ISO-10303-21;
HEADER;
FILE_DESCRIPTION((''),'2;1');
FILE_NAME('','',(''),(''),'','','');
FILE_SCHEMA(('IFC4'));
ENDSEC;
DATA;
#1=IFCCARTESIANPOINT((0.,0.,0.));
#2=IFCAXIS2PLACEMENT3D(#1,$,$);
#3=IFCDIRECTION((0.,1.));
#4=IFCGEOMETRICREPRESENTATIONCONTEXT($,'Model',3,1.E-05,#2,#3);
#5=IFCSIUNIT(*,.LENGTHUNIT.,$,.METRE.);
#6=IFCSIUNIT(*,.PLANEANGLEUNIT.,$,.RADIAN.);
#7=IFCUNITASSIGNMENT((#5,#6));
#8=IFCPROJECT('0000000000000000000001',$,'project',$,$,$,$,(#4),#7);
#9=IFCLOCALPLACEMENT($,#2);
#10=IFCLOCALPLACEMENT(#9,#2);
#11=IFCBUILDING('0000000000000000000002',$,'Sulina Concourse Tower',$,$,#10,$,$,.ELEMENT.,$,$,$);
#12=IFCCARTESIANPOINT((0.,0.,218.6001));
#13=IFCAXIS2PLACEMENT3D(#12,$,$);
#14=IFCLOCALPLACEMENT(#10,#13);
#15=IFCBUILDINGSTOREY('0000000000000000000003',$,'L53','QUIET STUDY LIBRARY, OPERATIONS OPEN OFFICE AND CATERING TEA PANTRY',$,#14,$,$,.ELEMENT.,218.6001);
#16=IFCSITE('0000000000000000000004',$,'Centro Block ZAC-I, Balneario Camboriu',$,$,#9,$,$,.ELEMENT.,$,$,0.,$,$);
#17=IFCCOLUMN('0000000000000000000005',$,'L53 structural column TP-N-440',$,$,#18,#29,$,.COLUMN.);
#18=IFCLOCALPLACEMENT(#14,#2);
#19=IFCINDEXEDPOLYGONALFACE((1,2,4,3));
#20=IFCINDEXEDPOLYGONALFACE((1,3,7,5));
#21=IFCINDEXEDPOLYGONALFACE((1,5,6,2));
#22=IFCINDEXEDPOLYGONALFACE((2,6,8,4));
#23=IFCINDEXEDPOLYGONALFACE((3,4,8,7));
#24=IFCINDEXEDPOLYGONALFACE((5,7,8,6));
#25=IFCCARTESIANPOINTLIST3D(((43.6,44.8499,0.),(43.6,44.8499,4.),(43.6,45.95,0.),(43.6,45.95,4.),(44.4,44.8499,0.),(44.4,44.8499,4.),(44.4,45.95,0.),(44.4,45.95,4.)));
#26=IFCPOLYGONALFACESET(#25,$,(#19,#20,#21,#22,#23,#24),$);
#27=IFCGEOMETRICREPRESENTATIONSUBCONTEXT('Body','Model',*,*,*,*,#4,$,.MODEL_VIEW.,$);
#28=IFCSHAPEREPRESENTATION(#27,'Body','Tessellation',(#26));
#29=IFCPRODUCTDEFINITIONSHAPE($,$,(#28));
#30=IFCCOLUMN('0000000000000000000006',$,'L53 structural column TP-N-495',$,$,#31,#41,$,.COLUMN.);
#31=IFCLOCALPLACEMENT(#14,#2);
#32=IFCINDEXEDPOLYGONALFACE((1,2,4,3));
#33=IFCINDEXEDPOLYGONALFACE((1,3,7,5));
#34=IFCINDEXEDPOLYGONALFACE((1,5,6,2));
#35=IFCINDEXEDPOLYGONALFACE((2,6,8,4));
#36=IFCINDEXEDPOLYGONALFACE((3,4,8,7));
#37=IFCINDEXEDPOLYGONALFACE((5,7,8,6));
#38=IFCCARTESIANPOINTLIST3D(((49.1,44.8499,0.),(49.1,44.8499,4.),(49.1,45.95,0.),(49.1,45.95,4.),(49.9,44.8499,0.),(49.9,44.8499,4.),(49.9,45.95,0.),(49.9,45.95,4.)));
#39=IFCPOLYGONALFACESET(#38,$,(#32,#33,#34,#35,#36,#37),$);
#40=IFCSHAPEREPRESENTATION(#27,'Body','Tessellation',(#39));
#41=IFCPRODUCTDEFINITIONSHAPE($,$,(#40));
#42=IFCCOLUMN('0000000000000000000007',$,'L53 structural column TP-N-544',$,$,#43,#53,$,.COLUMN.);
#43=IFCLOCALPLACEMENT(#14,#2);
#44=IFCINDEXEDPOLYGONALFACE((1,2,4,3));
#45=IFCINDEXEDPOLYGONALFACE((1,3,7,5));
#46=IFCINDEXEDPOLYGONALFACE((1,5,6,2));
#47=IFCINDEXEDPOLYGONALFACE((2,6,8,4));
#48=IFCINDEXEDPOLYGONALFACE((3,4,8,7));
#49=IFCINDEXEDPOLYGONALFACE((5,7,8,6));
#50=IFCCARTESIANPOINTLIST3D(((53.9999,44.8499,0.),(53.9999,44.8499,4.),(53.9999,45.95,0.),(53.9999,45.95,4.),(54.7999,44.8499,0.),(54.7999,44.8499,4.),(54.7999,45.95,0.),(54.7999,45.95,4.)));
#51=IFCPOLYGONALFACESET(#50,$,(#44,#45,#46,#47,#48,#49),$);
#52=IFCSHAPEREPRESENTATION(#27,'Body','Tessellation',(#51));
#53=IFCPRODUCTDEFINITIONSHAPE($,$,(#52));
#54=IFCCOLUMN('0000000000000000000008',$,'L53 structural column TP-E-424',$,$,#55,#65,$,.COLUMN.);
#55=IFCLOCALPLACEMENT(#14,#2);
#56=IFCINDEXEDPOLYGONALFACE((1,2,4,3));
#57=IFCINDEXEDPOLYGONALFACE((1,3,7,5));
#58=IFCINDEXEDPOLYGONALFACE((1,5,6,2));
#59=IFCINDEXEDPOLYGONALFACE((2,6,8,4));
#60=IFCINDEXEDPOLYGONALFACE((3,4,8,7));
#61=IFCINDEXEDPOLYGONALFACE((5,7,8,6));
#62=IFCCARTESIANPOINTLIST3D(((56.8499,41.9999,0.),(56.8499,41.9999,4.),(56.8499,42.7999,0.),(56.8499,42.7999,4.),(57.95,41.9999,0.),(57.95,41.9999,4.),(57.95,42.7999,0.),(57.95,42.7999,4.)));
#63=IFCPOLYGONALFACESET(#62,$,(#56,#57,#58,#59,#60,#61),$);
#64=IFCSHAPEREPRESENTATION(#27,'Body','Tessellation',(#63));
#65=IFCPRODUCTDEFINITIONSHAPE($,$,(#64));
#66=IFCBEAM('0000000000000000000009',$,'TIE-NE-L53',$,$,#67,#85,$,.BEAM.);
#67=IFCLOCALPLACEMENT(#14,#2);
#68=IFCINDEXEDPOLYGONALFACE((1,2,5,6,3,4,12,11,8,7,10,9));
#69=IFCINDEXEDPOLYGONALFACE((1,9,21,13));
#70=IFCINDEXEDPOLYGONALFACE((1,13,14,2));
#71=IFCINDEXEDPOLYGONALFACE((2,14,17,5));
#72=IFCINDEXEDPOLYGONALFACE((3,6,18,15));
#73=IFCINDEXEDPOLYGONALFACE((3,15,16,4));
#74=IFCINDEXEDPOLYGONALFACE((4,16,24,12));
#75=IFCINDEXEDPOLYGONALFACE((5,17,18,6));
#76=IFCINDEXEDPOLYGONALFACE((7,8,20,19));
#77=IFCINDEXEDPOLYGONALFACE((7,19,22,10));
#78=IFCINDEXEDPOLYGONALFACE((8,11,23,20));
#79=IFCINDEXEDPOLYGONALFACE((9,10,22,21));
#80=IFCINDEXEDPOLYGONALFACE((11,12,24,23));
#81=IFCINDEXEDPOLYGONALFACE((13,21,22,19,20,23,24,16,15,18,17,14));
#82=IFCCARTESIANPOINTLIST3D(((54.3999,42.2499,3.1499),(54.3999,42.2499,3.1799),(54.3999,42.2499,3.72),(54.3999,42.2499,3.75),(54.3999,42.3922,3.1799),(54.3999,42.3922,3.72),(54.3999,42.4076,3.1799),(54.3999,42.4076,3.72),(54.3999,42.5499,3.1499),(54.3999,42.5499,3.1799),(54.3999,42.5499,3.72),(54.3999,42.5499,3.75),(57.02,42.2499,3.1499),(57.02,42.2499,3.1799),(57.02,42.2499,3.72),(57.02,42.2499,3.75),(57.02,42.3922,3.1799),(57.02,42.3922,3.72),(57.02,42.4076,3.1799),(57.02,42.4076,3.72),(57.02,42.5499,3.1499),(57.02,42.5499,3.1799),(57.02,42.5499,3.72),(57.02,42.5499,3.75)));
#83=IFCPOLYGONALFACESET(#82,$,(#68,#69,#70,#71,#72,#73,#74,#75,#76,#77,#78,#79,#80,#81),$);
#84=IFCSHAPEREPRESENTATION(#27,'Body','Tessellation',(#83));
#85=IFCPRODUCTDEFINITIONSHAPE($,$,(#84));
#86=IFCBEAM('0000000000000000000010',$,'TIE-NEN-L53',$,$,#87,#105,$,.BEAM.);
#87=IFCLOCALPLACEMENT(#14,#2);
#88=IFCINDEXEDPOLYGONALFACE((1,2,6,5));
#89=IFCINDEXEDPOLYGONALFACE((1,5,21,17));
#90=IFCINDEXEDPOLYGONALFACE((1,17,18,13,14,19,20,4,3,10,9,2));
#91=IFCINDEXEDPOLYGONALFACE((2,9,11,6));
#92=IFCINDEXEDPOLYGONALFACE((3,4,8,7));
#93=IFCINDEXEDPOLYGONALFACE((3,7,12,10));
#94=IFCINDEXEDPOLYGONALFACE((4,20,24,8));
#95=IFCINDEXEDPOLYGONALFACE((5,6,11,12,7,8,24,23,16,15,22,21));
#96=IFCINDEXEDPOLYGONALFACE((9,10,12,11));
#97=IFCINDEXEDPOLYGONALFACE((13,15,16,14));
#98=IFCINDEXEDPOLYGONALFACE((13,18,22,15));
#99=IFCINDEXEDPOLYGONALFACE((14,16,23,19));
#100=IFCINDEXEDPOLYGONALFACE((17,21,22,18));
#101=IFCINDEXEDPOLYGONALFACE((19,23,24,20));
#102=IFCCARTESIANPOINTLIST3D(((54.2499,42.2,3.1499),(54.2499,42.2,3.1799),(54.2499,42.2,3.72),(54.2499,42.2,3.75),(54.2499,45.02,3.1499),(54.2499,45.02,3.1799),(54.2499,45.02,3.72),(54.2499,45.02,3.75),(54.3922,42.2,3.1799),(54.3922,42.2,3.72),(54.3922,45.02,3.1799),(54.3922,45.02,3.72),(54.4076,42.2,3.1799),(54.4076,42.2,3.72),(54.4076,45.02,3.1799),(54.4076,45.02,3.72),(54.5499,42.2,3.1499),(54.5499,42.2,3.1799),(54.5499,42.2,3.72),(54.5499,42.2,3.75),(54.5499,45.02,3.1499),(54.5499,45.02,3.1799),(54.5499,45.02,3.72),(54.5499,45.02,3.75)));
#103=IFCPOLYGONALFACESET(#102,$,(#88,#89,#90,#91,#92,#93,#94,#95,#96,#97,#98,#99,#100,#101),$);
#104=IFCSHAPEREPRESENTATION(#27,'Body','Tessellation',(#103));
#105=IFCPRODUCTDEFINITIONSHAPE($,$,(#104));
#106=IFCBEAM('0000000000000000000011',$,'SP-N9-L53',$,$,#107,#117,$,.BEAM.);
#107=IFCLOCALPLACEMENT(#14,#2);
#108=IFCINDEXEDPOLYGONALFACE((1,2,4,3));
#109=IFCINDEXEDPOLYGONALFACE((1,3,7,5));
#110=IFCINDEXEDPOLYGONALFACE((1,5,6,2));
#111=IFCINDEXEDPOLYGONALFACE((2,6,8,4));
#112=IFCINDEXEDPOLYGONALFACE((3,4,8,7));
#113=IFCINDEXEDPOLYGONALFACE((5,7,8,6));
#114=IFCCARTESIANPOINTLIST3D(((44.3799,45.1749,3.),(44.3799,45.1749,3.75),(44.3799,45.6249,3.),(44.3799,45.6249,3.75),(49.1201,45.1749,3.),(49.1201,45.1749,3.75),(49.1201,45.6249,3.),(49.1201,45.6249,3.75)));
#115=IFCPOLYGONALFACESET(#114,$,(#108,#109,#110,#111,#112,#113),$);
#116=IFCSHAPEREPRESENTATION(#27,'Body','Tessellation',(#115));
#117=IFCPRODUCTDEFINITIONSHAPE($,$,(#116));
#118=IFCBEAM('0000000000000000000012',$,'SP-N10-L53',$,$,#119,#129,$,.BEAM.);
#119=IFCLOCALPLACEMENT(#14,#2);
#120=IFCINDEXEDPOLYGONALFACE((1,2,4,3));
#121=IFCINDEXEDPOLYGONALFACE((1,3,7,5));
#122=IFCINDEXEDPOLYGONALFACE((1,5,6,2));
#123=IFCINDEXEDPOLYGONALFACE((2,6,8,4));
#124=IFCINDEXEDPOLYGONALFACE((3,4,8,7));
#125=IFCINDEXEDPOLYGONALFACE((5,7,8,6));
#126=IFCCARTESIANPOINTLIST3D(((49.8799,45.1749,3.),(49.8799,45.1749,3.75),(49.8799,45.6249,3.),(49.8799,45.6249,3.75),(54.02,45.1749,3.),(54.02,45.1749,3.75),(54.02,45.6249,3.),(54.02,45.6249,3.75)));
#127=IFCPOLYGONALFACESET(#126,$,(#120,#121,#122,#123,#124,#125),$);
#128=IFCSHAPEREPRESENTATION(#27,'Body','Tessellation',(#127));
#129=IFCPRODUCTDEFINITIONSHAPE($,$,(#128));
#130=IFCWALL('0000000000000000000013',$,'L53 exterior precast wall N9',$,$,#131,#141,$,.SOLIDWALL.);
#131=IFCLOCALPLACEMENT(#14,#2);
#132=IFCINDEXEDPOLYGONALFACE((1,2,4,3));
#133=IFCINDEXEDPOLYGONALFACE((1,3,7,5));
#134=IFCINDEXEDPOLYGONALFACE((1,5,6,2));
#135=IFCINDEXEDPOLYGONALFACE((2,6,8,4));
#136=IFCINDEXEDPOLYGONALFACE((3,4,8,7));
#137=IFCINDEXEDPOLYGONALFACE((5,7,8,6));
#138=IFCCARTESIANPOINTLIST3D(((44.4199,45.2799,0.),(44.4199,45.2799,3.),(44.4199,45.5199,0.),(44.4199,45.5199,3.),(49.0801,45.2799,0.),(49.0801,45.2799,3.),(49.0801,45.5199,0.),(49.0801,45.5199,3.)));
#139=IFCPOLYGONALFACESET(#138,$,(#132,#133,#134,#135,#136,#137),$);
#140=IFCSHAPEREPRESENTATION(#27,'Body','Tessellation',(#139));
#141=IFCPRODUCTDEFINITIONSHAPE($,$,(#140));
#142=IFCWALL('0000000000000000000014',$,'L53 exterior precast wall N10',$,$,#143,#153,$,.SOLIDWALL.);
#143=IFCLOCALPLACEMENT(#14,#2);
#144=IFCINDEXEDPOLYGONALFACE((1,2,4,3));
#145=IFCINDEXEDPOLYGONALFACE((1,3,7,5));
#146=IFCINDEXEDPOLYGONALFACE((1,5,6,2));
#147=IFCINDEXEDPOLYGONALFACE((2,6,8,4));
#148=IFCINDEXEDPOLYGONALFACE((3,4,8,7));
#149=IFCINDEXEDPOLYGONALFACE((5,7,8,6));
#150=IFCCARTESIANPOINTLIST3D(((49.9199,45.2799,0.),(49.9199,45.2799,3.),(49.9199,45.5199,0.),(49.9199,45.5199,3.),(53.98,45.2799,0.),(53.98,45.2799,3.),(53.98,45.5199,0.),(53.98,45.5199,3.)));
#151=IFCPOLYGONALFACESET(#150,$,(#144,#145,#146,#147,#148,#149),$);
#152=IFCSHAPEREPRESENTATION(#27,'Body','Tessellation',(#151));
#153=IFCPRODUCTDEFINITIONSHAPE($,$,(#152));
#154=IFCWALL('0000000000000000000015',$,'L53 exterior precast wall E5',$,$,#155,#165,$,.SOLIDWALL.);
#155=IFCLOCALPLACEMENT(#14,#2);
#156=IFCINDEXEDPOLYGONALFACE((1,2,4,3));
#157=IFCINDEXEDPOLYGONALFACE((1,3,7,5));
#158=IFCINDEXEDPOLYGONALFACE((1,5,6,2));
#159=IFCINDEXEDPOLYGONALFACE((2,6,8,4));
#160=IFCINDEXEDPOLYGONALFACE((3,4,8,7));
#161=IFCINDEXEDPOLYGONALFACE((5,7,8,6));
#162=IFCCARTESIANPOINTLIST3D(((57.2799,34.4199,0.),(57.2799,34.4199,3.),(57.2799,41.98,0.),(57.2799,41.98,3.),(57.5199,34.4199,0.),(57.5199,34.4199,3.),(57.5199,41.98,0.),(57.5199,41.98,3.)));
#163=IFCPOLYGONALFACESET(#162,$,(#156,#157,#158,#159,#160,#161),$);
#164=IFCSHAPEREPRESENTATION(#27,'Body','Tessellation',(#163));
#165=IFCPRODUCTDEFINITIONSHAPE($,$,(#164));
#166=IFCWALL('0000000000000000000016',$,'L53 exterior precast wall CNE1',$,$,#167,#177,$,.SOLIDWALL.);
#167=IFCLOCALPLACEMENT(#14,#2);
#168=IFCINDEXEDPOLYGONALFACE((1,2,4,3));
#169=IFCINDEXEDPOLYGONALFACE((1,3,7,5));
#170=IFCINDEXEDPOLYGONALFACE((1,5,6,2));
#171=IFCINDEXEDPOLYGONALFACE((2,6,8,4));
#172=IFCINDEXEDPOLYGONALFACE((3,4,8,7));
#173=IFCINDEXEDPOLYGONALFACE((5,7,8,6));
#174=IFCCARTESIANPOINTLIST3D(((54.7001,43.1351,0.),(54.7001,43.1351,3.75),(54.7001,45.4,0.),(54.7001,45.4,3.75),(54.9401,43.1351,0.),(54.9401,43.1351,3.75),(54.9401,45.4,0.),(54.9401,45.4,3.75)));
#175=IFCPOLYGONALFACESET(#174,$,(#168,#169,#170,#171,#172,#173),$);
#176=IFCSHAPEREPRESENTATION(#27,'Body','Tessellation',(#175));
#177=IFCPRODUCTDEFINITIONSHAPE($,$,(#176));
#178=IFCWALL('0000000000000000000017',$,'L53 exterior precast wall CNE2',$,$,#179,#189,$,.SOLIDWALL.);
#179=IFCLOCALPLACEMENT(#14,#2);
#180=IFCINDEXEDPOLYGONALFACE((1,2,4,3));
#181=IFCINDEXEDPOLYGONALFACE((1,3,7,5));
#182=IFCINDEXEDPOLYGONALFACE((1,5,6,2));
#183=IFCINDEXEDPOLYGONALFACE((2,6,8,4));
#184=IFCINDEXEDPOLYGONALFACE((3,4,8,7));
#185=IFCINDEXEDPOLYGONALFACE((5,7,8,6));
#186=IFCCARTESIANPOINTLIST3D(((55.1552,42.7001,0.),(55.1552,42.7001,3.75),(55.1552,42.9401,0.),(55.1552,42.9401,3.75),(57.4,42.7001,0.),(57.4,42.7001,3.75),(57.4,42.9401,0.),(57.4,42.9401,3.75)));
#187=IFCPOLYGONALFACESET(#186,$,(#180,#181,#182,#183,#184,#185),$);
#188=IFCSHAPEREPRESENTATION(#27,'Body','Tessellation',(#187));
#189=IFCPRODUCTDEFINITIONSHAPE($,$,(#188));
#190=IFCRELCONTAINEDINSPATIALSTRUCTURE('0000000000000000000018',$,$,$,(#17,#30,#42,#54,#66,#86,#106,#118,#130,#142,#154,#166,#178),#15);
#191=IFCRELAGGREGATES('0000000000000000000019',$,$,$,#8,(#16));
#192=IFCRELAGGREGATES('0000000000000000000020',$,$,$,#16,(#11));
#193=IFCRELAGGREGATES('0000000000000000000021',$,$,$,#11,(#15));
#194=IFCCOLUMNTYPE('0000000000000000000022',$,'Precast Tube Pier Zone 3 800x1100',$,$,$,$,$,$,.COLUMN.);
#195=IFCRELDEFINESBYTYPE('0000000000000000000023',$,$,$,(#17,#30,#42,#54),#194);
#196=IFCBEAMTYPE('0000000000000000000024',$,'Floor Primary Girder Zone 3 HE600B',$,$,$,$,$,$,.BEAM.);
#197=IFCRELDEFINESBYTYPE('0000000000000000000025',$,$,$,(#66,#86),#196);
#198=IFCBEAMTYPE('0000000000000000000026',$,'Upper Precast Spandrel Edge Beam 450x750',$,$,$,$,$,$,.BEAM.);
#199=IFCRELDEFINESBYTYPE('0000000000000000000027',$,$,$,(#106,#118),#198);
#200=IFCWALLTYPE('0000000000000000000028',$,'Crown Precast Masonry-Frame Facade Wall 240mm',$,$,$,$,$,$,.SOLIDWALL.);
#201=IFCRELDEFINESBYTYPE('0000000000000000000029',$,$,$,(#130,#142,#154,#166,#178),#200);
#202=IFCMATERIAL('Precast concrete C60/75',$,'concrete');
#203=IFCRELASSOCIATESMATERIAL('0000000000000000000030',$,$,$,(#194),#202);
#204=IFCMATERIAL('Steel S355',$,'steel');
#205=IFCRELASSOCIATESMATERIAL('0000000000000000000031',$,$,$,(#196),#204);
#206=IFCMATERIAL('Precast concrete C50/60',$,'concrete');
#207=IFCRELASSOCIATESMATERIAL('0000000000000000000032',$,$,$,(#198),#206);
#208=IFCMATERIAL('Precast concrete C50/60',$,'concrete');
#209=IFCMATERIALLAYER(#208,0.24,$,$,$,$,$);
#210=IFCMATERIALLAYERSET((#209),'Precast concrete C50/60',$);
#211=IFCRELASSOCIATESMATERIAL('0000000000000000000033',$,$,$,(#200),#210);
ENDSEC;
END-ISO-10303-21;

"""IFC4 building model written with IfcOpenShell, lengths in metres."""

from ifc_helpers import new_model, si_unit, direction, frame, frame_2d, origin, origin_2d, place, context, subcontext, project, spatial, rectangle, i_section, extrude, material, layer, layer_set, material_profile, profile_set, type_object, element, save


model = new_model("IFC4")

# Units and contexts
model_context = context("Model", 3, precision=1e-05, world=origin(), true_north=direction((0.0, 1.0)))
body_context = subcontext(model_context, "Body", "Model", "MODEL_VIEW")
ifc_project = project(units=[si_unit("LENGTHUNIT", "METRE"), si_unit("PLANEANGLEUNIT", "RADIAN")], contexts=[model_context])

# Site, building, storey
site_placement = place(None, origin())
site = spatial("IfcSite", under=ifc_project, at=site_placement, Name="Centro Block ZAC-I, Balneario Camboriu", CompositionType="ELEMENT", RefElevation=0.0)
building_placement = place(site_placement, origin())
building = spatial("IfcBuilding", under=site, at=building_placement, Name="Sulina Concourse Tower", CompositionType="ELEMENT")
storey_placement = place(building_placement, frame((0.0, 0.0, 218.6001)))
storey = spatial("IfcBuildingStorey", under=building, at=storey_placement, Name="L53", Description="QUIET STUDY LIBRARY, OPERATIONS OPEN OFFICE AND CATERING TEA PANTRY", CompositionType="ELEMENT", Elevation=218.6001)

# Columns
ifc_material_1 = material(Name="Precast concrete C60/75", Category="concrete")
ifc_material_profile_1 = material_profile(ifc_material_1, rectangle(XDim=0.8, YDim=1.1001, at=origin_2d()), Name="PC 800x1100")
ifc_profile_set_1 = profile_set([ifc_material_profile_1], Name="Precast concrete C60/75")
column_type = type_object("IfcColumnType", Name="Precast Tube Pier Zone 3 800x1100", PredefinedType="COLUMN", material=ifc_profile_set_1)
for number, where, z_axis, x_axis, name in (
    (1, (44.0, 45.3999, 0.0), (0.0, 0.0, 1.0), (1.0, 0.0, 0.0), "L53 structural column TP-N-440"),
    (2, (49.5, 45.3999, 0.0), (0.0, 0.0, 1.0), (1.0, 0.0, 0.0), "L53 structural column TP-N-495"),
    (3, (54.3999, 45.3999, 0.0), (0.0, 0.0, 1.0), (1.0, 0.0, 0.0), "L53 structural column TP-N-544"),
    (4, (57.3999, 42.3999, 0.0), (0.0, 0.0, 1.0), (0.0, 1.0, 0.0), "L53 structural column TP-E-424"),
):
    element("IfcColumn", number, at=place(storey_placement, frame(where, z_axis=z_axis, x_axis=x_axis)), inside=storey, type_object=column_type, Name=name, PredefinedType="COLUMN", context=body_context, shape_type="SweptSolid", body=[
        extrude(rectangle(XDim=0.8, YDim=1.1001, at=origin_2d()), origin(), (0.0, 0.0, 1.0), 4.0),
    ])

# Beams
ifc_material_2 = material(Name="Steel S355", Category="steel")
ifc_material_profile_2 = material_profile(ifc_material_2, i_section(OverallWidth=0.3, OverallDepth=0.6001, WebThickness=0.0154, FlangeThickness=0.03, at=origin_2d()), Name="HE 600 B")
ifc_profile_set_2 = profile_set([ifc_material_profile_2], Name="Steel S355")
beam_type_1 = type_object("IfcBeamType", Name="Floor Primary Girder Zone 3 HE600B", PredefinedType="BEAM", material=ifc_profile_set_2)
beam_1_placement = place(storey_placement, frame((54.3999, 42.3999, 3.45), z_axis=(1.0, 0.0, 0.0), x_axis=(0.0, 1.0, 0.0)))
element("IfcBeam", 5, at=beam_1_placement, inside=storey, type_object=beam_type_1, Name="TIE-NE-L53", PredefinedType="BEAM", context=body_context, shape_type="SweptSolid", body=[
    extrude(i_section(OverallWidth=0.3, OverallDepth=0.6001, WebThickness=0.0154, FlangeThickness=0.03, at=origin_2d()), origin(), (0.0, 0.0, 1.0), 2.6201),
])
beam_2_placement = place(storey_placement, frame((54.3999, 42.2, 3.45), z_axis=(0.0, 1.0, 0.0), x_axis=(-1.0, 0.0, 0.0)))
element("IfcBeam", 6, at=beam_2_placement, inside=storey, type_object=beam_type_1, Name="TIE-NEN-L53", PredefinedType="BEAM", context=body_context, shape_type="SweptSolid", body=[
    extrude(i_section(OverallWidth=0.3, OverallDepth=0.6001, WebThickness=0.0154, FlangeThickness=0.03, at=origin_2d()), origin(), (0.0, 0.0, 1.0), 2.8201),
])
ifc_material_3 = material(Name="Precast concrete C50/60", Category="concrete")
ifc_material_profile_3 = material_profile(ifc_material_3, rectangle(XDim=0.45, YDim=0.75, at=origin_2d()), Name="RC 450x750")
ifc_profile_set_3 = profile_set([ifc_material_profile_3], Name="Precast concrete C50/60")
beam_type_2 = type_object("IfcBeamType", Name="Upper Precast Spandrel Edge Beam 450x750", PredefinedType="BEAM", material=ifc_profile_set_3)
beam_3_placement = place(storey_placement, frame((44.3799, 45.3999, 3.375), z_axis=(1.0, 0.0, 0.0), x_axis=(0.0, 1.0, 0.0)))
element("IfcBeam", 7, at=beam_3_placement, inside=storey, type_object=beam_type_2, Name="SP-N9-L53", PredefinedType="BEAM", context=body_context, shape_type="SweptSolid", body=[
    extrude(rectangle(XDim=0.45, YDim=0.75, at=origin_2d()), origin(), (0.0, 0.0, 1.0), 4.7402),
])
beam_4_placement = place(storey_placement, frame((49.8799, 45.3999, 3.375), z_axis=(1.0, 0.0, 0.0), x_axis=(0.0, 1.0, 0.0)))
element("IfcBeam", 8, at=beam_4_placement, inside=storey, type_object=beam_type_2, Name="SP-N10-L53", PredefinedType="BEAM", context=body_context, shape_type="SweptSolid", body=[
    extrude(rectangle(XDim=0.45, YDim=0.75, at=origin_2d()), origin(), (0.0, 0.0, 1.0), 4.1401),
])

# Walls
ifc_material_4 = material(Name="Precast concrete C50/60", Category="concrete")
ifc_layer_1 = layer(ifc_material_4, 0.24)
ifc_layer_set_1 = layer_set([ifc_layer_1], Name="Precast concrete C50/60")
wall_type_1 = type_object("IfcWallType", Name="Crown Precast Masonry-Frame Facade Wall 240mm", PredefinedType="SOLIDWALL", material=ifc_layer_set_1)
wall_1_placement = place(storey_placement, frame((44.4199, 45.3999, 0.0), z_axis=(0.0, 0.0, 1.0), x_axis=(1.0, 0.0, 0.0)))
element("IfcWall", 9, at=wall_1_placement, inside=storey, type_object=wall_type_1, Name="L53 exterior precast wall N9", PredefinedType="SOLIDWALL", context=body_context, shape_type="SweptSolid", body=[
    extrude(rectangle(XDim=4.6602, YDim=0.24, at=frame_2d((2.3301, 0.0))), origin(), (0.0, 0.0, 1.0), 3.0),
])
wall_2_placement = place(storey_placement, frame((49.9199, 45.3999, 0.0), z_axis=(0.0, 0.0, 1.0), x_axis=(1.0, 0.0, 0.0)))
element("IfcWall", 10, at=wall_2_placement, inside=storey, type_object=wall_type_1, Name="L53 exterior precast wall N10", PredefinedType="SOLIDWALL", context=body_context, shape_type="SweptSolid", body=[
    extrude(rectangle(XDim=4.0601, YDim=0.24, at=frame_2d((2.03, 0.0))), origin(), (0.0, 0.0, 1.0), 3.0),
])
wall_3_placement = place(storey_placement, frame((57.3999, 41.98, 0.0), z_axis=(0.0, 0.0, 1.0), x_axis=(0.0, -1.0, 0.0)))
element("IfcWall", 11, at=wall_3_placement, inside=storey, type_object=wall_type_1, Name="L53 exterior precast wall E5", PredefinedType="SOLIDWALL", context=body_context, shape_type="SweptSolid", body=[
    extrude(rectangle(XDim=7.5601, YDim=0.24, at=frame_2d((3.78, 0.0))), origin(), (0.0, 0.0, 1.0), 3.0),
])
wall_4_placement = place(storey_placement, frame((54.8201, 45.3999, 0.0), z_axis=(0.0, 0.0, 1.0), x_axis=(0.0, -1.0, 0.0)))
element("IfcWall", 12, at=wall_4_placement, inside=storey, type_object=wall_type_1, Name="L53 exterior precast wall CNE1", PredefinedType="SOLIDWALL", context=body_context, shape_type="SweptSolid", body=[
    extrude(rectangle(XDim=2.2649, YDim=0.24, at=frame_2d((1.1323, 0.0))), origin(), (0.0, 0.0, 1.0), 3.75),
])
wall_5_placement = place(storey_placement, frame((55.155, 42.8201, 0.0), z_axis=(0.0, 0.0, 1.0), x_axis=(1.0, 0.0, 0.0)))
element("IfcWall", 13, at=wall_5_placement, inside=storey, type_object=wall_type_1, Name="L53 exterior precast wall CNE2", PredefinedType="SOLIDWALL", context=body_context, shape_type="SweptSolid", body=[
    extrude(rectangle(XDim=2.2449, YDim=0.24, at=frame_2d((1.1226, 0.0))), origin(), (0.0, 0.0, 1.0), 3.75),
])

save(model, "model.ifc")
